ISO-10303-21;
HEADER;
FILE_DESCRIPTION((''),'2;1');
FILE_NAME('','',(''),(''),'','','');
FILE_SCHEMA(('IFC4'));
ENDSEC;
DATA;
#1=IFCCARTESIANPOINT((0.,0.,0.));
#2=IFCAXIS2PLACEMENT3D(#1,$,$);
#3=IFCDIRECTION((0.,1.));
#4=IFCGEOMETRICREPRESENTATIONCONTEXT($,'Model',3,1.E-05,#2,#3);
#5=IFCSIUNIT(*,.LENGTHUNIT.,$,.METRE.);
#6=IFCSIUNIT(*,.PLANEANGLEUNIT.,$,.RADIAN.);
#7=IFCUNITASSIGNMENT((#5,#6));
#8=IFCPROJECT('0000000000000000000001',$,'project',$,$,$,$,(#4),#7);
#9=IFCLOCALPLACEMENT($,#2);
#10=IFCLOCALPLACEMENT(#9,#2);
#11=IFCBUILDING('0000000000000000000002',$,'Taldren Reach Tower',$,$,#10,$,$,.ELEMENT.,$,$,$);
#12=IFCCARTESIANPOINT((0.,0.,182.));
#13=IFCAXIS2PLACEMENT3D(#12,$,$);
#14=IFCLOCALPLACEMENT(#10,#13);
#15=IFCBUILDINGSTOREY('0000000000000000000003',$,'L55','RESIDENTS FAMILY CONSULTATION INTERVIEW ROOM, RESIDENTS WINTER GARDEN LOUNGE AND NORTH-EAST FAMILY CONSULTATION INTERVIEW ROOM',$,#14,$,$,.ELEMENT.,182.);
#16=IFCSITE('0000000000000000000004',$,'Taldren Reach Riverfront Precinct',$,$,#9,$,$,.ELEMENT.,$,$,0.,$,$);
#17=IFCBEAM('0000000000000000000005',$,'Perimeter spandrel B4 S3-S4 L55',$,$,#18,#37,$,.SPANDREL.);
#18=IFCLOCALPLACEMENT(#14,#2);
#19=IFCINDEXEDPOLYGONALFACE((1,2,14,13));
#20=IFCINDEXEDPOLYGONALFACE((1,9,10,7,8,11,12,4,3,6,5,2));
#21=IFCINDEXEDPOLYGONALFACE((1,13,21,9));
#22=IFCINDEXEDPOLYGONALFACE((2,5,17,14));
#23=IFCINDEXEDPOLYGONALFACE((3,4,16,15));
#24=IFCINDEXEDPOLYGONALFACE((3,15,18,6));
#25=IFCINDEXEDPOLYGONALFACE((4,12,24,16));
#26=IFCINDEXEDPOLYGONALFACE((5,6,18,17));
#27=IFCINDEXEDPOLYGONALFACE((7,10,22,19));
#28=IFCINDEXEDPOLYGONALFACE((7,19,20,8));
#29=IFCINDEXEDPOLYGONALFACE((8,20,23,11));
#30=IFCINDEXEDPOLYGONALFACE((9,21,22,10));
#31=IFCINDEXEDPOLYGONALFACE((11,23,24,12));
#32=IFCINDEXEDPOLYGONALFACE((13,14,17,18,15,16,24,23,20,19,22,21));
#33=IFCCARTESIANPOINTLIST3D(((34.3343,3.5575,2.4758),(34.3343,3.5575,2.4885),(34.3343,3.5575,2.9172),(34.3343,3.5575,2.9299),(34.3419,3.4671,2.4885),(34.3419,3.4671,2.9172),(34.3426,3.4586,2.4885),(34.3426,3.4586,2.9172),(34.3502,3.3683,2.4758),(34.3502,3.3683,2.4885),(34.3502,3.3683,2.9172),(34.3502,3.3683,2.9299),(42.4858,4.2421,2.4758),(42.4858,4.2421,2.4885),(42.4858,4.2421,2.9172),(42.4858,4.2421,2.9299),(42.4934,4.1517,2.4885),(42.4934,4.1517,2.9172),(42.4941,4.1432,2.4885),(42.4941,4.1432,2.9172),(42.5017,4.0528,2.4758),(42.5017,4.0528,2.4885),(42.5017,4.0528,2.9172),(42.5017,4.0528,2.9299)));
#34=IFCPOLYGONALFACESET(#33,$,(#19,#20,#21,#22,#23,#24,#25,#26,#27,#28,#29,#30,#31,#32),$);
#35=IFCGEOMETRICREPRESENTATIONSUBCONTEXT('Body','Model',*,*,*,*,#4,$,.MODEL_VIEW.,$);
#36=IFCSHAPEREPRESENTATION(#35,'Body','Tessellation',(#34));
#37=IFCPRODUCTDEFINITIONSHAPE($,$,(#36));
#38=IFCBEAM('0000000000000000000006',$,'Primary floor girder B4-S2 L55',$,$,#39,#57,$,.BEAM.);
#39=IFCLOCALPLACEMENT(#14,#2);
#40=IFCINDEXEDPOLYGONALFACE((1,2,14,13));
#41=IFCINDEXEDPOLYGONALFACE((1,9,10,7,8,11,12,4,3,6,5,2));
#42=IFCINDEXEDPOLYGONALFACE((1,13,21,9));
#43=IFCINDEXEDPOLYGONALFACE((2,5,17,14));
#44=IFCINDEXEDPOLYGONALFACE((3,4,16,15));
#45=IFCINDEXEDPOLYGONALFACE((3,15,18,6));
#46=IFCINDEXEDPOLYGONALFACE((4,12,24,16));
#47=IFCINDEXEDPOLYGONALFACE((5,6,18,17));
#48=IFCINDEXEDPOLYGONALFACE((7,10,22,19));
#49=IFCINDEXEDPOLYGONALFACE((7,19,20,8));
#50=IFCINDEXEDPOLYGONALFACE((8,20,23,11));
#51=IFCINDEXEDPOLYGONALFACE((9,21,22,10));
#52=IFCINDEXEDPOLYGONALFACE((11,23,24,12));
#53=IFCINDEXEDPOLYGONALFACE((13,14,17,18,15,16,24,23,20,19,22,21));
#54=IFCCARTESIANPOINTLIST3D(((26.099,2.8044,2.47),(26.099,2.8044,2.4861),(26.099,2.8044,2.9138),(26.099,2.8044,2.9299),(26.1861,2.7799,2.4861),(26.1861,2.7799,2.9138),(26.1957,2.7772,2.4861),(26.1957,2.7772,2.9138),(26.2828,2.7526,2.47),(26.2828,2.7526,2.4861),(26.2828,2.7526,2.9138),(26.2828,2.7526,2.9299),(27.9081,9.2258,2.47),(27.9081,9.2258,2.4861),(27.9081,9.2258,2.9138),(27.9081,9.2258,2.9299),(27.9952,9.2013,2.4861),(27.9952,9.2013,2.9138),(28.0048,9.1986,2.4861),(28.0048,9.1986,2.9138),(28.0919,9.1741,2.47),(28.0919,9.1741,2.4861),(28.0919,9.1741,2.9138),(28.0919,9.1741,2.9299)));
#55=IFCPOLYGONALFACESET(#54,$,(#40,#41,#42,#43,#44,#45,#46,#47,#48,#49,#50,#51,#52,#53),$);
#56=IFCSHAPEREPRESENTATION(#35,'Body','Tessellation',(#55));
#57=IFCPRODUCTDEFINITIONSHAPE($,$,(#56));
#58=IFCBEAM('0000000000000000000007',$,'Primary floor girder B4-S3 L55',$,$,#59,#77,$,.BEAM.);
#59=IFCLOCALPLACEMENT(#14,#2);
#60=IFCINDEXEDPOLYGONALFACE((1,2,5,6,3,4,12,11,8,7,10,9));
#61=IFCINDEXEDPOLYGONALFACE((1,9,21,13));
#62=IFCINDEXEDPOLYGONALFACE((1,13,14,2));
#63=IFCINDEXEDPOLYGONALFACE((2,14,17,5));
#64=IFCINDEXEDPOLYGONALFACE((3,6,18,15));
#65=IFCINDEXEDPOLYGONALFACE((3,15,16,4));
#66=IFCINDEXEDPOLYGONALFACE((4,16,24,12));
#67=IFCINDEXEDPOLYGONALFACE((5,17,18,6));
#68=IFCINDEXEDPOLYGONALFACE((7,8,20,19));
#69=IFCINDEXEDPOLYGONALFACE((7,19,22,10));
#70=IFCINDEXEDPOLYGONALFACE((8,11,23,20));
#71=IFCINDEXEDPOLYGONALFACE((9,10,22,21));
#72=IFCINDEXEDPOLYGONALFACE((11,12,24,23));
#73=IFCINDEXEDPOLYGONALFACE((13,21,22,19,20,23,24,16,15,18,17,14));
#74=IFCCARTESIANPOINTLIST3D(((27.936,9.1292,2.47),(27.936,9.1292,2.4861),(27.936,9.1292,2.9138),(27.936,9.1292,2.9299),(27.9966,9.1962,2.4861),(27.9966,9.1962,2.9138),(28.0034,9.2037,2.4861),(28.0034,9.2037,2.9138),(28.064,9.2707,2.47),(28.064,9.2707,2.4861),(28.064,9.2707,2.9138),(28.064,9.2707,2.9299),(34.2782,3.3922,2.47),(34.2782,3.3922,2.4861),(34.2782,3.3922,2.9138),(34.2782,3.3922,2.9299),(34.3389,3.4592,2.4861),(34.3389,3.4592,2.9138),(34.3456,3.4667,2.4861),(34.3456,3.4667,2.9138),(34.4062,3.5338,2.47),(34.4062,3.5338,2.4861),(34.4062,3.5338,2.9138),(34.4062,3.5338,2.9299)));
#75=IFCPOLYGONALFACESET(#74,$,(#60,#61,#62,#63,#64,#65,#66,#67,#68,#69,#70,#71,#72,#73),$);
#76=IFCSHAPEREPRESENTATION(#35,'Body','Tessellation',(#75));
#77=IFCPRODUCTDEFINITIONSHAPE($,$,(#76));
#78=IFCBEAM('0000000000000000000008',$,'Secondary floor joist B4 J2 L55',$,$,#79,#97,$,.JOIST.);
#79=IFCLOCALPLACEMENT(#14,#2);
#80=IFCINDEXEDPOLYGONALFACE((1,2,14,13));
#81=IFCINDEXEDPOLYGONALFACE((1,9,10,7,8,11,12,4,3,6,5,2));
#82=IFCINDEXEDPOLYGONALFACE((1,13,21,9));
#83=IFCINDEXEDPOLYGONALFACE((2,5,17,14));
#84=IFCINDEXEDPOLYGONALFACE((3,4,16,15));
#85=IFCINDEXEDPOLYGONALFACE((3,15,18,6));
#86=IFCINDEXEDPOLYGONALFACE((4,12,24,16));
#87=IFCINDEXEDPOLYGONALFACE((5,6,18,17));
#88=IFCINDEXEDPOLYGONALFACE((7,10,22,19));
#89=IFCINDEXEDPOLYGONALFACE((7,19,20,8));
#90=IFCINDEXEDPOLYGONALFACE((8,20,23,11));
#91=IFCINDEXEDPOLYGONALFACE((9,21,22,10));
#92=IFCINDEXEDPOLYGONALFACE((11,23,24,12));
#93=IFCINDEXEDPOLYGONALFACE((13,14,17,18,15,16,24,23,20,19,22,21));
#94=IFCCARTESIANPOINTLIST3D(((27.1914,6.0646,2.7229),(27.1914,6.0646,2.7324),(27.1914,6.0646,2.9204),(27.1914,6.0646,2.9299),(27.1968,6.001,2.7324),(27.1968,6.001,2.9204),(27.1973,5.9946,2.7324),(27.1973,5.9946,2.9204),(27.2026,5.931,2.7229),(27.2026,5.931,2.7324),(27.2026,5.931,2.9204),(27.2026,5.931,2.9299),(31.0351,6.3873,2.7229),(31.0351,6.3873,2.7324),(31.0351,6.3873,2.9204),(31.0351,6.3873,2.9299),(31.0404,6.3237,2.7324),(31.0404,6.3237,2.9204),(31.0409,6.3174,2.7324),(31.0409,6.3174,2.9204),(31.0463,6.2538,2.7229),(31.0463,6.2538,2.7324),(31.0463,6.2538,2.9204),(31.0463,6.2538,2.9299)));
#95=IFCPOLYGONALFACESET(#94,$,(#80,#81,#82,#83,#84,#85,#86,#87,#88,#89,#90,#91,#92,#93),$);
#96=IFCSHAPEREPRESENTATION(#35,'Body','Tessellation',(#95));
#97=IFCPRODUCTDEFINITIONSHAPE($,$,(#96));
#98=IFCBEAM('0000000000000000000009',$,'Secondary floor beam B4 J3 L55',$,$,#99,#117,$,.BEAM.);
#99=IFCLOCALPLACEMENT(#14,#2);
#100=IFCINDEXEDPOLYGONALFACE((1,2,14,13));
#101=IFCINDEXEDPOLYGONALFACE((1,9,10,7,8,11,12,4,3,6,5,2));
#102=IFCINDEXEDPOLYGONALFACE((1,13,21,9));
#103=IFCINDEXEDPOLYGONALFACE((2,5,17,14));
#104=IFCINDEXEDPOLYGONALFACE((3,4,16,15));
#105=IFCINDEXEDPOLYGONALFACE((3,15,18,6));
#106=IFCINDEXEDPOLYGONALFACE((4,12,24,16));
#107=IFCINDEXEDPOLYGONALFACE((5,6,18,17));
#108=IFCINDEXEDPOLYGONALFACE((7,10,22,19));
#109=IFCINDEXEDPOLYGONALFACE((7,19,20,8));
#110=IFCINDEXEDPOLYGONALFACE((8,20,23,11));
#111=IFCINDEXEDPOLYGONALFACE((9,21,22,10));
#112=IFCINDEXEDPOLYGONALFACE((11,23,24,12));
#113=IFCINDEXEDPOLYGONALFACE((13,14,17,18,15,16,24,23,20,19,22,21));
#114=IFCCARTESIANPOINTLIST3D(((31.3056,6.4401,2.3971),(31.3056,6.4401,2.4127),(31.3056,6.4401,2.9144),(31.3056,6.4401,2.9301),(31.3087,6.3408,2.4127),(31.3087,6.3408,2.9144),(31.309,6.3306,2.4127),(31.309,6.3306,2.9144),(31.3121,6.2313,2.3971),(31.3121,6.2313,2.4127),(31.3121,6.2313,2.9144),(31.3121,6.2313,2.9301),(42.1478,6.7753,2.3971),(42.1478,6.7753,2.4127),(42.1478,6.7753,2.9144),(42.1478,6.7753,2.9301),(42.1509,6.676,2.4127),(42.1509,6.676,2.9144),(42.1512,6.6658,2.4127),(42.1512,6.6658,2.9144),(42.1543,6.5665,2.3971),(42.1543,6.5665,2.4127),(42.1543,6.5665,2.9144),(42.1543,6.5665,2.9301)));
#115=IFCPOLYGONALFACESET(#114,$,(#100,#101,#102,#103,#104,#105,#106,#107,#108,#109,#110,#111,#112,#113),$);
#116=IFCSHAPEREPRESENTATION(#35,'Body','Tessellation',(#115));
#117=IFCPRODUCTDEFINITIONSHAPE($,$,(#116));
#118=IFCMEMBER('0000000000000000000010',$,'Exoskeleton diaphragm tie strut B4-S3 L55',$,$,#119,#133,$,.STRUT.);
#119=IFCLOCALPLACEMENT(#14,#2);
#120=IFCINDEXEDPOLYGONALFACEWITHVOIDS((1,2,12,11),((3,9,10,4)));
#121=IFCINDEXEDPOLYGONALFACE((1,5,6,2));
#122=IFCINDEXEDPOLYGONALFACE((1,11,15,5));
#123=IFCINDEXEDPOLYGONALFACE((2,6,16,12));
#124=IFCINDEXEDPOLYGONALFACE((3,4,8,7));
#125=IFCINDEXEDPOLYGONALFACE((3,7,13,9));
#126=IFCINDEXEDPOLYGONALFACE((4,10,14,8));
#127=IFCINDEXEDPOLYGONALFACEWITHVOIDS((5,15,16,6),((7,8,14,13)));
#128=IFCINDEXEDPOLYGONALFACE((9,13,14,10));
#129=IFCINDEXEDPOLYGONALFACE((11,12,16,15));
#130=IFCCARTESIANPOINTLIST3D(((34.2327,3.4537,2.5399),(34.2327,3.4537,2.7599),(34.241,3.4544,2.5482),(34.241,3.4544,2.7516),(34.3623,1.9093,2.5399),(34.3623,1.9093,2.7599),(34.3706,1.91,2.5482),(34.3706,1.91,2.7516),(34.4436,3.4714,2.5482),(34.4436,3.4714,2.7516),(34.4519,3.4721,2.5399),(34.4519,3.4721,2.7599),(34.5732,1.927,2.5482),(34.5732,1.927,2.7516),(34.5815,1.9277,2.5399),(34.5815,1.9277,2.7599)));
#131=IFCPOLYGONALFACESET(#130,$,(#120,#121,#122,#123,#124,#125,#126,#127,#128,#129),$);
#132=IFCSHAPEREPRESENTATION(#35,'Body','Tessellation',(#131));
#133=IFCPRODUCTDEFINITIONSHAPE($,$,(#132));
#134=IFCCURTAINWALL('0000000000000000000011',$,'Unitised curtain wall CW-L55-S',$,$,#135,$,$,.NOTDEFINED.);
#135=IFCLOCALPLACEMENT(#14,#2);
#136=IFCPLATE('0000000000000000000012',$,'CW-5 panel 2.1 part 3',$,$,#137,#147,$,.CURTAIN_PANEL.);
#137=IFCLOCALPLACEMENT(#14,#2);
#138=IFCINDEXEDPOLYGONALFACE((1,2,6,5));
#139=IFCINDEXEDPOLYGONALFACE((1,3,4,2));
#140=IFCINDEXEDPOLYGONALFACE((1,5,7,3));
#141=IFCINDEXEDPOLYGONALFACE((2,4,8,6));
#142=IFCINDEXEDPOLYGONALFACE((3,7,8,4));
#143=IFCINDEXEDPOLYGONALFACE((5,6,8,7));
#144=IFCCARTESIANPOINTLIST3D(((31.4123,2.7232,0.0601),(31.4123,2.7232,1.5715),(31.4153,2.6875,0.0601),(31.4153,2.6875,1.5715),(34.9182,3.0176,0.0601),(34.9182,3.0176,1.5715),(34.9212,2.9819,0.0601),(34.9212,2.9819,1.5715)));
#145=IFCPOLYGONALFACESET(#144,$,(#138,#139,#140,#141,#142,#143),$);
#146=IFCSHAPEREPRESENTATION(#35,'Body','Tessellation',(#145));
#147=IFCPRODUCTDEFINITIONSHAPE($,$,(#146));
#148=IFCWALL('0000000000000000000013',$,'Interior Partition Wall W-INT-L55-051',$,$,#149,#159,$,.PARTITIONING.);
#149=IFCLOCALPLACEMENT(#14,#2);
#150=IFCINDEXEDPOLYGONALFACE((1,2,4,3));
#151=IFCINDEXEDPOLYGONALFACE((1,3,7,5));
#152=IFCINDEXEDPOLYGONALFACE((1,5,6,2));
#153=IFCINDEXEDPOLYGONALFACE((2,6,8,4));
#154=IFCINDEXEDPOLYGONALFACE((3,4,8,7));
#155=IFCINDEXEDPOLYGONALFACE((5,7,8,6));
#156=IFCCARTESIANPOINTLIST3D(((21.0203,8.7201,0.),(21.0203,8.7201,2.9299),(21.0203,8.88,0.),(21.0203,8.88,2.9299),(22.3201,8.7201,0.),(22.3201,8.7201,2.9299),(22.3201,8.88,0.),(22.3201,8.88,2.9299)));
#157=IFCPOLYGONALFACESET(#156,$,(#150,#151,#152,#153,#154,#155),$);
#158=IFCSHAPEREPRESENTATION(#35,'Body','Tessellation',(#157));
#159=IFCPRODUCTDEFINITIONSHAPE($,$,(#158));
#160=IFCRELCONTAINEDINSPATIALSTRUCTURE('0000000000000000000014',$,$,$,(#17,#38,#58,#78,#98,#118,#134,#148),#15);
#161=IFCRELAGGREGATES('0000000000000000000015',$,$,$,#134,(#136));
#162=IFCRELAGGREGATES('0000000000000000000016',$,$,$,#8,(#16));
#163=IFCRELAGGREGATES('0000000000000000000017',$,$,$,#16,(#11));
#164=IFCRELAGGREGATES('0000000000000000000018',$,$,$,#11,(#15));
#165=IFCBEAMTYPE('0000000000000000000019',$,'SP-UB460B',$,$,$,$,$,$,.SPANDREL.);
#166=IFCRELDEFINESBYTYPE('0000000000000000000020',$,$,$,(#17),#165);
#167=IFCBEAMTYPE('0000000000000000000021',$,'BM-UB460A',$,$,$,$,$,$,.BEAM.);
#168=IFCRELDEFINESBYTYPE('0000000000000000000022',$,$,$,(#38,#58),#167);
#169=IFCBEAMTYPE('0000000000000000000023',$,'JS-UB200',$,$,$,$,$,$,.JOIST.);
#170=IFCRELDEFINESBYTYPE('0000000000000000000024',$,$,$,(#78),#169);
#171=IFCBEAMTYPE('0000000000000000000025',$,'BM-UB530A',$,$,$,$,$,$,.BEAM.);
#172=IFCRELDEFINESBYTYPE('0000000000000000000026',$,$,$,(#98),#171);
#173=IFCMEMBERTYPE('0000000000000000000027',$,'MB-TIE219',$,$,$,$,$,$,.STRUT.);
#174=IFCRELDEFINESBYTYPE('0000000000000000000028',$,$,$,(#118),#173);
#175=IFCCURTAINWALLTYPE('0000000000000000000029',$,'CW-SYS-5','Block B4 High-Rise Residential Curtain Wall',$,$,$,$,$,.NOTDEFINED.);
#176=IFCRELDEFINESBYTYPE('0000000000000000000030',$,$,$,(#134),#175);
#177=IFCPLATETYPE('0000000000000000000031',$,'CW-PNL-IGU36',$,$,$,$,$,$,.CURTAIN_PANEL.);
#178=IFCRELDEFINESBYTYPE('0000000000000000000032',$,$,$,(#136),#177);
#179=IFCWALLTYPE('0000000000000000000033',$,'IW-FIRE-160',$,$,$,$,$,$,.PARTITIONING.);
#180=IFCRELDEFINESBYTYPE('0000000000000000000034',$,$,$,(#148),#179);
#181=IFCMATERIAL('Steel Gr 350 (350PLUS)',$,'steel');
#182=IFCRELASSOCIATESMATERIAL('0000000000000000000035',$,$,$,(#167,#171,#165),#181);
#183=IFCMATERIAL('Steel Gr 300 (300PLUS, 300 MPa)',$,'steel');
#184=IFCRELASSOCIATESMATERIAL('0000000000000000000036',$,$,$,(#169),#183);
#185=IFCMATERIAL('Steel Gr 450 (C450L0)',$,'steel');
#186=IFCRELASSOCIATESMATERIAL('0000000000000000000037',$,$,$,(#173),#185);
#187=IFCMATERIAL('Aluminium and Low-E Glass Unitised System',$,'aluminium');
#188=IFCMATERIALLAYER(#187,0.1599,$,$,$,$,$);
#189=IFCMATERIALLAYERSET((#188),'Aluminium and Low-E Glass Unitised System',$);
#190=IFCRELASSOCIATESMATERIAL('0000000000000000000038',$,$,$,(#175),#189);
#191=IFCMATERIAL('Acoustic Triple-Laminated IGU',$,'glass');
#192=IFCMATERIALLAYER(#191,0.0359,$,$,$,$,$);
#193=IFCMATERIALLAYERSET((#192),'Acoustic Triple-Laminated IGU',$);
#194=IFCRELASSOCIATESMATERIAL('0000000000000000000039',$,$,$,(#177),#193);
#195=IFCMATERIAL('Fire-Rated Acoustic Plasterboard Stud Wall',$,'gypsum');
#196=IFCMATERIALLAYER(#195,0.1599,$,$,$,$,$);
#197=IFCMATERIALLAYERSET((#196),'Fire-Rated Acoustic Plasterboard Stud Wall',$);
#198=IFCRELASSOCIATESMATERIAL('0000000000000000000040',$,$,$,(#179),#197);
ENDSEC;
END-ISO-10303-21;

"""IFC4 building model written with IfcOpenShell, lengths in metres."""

from ifc_helpers import new_model, si_unit, direction, frame, frame_2d, origin, origin_2d, place, context, subcontext, project, spatial, rectangle, hollow_rectangle, i_section, extrude, source, transform, mapped, material, layer, layer_set, material_profile, profile_set, type_object, element, aggregate, save


model = new_model("IFC4")

# Units and contexts
model_context = context("Model", 3, precision=1e-05, world=origin(), true_north=direction((0.0, 1.0)))
body_context = subcontext(model_context, "Body", "Model", "MODEL_VIEW")
ifc_project = project(units=[si_unit("LENGTHUNIT", "METRE"), si_unit("PLANEANGLEUNIT", "RADIAN")], contexts=[model_context])

# Site, building, storey
site_placement = place(None, origin())
site = spatial("IfcSite", under=ifc_project, at=site_placement, Name="Taldren Reach Riverfront Precinct", CompositionType="ELEMENT", RefElevation=0.0)
building_placement = place(site_placement, origin())
building = spatial("IfcBuilding", under=site, at=building_placement, Name="Taldren Reach Tower", CompositionType="ELEMENT")
storey_placement = place(building_placement, frame((0.0, 0.0, 182.0)))
storey = spatial("IfcBuildingStorey", under=building, at=storey_placement, Name="L55", Description="RESIDENTS FAMILY CONSULTATION INTERVIEW ROOM, RESIDENTS WINTER GARDEN LOUNGE AND NORTH-EAST FAMILY CONSULTATION INTERVIEW ROOM", CompositionType="ELEMENT", Elevation=182.0)

# Shared definitions
ifc_material_1 = material(Name="Steel Gr 350 (350PLUS)", Category="steel")
ifc_material_2 = material(Name="Steel Gr 450 (C450L0)", Category="steel")

# Shared definitions
ifc_material_profile_1 = material_profile(ifc_material_1, i_section(OverallWidth=0.1909, OverallDepth=0.46, WebThickness=0.01, FlangeThickness=0.0161, at=origin_2d()), Name="460UB82.1")
ifc_profile_set_1 = profile_set([ifc_material_profile_1], Name="Steel Gr 350 (350PLUS)")
beam_type_1 = type_object("IfcBeamType", Name="BM-UB460A", PredefinedType="BEAM", material=ifc_profile_set_1)
ifc_material_profile_2 = material_profile(ifc_material_1, i_section(OverallWidth=0.209, OverallDepth=0.533, WebThickness=0.0103, FlangeThickness=0.0156, at=origin_2d()), Name="530UB92.4")
ifc_profile_set_2 = profile_set([ifc_material_profile_2], Name="Steel Gr 350 (350PLUS)")
beam_type_2 = type_object("IfcBeamType", Name="BM-UB530A", PredefinedType="BEAM", material=ifc_profile_set_2)

# Beams
ifc_material_profile_3 = material_profile(ifc_material_1, i_section(OverallWidth=0.1899, OverallDepth=0.4541, WebThickness=0.0085, FlangeThickness=0.0127, at=origin_2d()), Name="460UB67.1")
ifc_profile_set_3 = profile_set([ifc_material_profile_3], Name="Steel Gr 350 (350PLUS)")
beam_type_3 = type_object("IfcBeamType", Name="SP-UB460B", PredefinedType="SPANDREL", material=ifc_profile_set_3)
shared_shape_1 = source(origin(), body_context, "Body", "SweptSolid", [
    extrude(i_section(OverallWidth=0.1899, OverallDepth=0.4541, WebThickness=0.0085, FlangeThickness=0.0127, at=origin_2d()), origin(), (0.0, 0.0, 1.0), 8.1802),
])
beam_1_placement = place(storey_placement, frame((34.3423, 3.4629, 2.7029), z_axis=(0.996492, 0.083688, 0.0), x_axis=(-0.083688, 0.996492, 0.0)))
element("IfcBeam", 1, at=beam_1_placement, inside=storey, type_object=beam_type_3, Name="Perimeter spandrel B4 S3-S4 L55", PredefinedType="SPANDREL", context=body_context, shape_type="MappedRepresentation", body=[
    mapped(shared_shape_1, transform((0.0, 0.0, 0.0), scale=1.0)),
])
shared_shape_2 = source(origin(), body_context, "Body", "SweptSolid", [
    extrude(i_section(OverallWidth=0.1909, OverallDepth=0.46, WebThickness=0.01, FlangeThickness=0.0161, at=origin_2d()), origin(), (0.0, 0.0, 1.0), 6.6714),
])
beam_2_placement = place(storey_placement, frame((28.0, 9.2, 2.7), z_axis=(-0.271172, -0.962531, 0.0), x_axis=(0.962531, -0.271172, 0.0)))
element("IfcBeam", 2, at=beam_2_placement, inside=storey, type_object=beam_type_1, Name="Primary floor girder B4-S2 L55", PredefinedType="BEAM", context=body_context, shape_type="MappedRepresentation", body=[
    mapped(shared_shape_2, transform((0.0, 0.0, 0.0), scale=1.0)),
])
shared_shape_3 = source(origin(), body_context, "Body", "SweptSolid", [
    extrude(i_section(OverallWidth=0.1909, OverallDepth=0.46, WebThickness=0.01, FlangeThickness=0.0161, at=origin_2d()), origin(), (0.0, 0.0, 1.0), 8.552),
])
beam_3_placement = place(storey_placement, frame((28.0, 9.2, 2.7), z_axis=(0.741605, -0.670836, 0.0), x_axis=(0.670836, 0.741605, 0.0)))
element("IfcBeam", 3, at=beam_3_placement, inside=storey, type_object=beam_type_1, Name="Primary floor girder B4-S3 L55", PredefinedType="BEAM", context=body_context, shape_type="MappedRepresentation", body=[
    mapped(shared_shape_3, transform((0.0, 0.0, 0.0), scale=1.0)),
])
ifc_material_3 = material(Name="Steel Gr 300 (300PLUS, 300 MPa)", Category="steel")
ifc_material_profile_4 = material_profile(ifc_material_3, i_section(OverallWidth=0.134, OverallDepth=0.207, WebThickness=0.0063, FlangeThickness=0.0095, at=origin_2d()), Name="200UB29.8")
ifc_profile_set_4 = profile_set([ifc_material_profile_4], Name="Steel Gr 300 (300PLUS, 300 MPa)")
beam_type_4 = type_object("IfcBeamType", Name="JS-UB200", PredefinedType="JOIST", material=ifc_profile_set_4)
shared_shape_4 = source(origin(), body_context, "Body", "SweptSolid", [
    extrude(i_section(OverallWidth=0.134, OverallDepth=0.207, WebThickness=0.0063, FlangeThickness=0.0095, at=origin_2d()), origin(), (0.0, 0.0, 1.0), 3.8572),
])
beam_4_placement = place(storey_placement, frame((27.197, 5.9978, 2.8264), z_axis=(0.996493, 0.083674, 0.0), x_axis=(-0.083674, 0.996493, 0.0)))
element("IfcBeam", 4, at=beam_4_placement, inside=storey, type_object=beam_type_4, Name="Secondary floor joist B4 J2 L55", PredefinedType="JOIST", context=body_context, shape_type="MappedRepresentation", body=[
    mapped(shared_shape_4, transform((0.0, 0.0, 0.0), scale=1.0)),
])
shared_shape_5 = source(origin(), body_context, "Body", "SweptSolid", [
    extrude(i_section(OverallWidth=0.209, OverallDepth=0.533, WebThickness=0.0103, FlangeThickness=0.0156, at=origin_2d()), origin(), (0.0, 0.0, 1.0), 10.8474),
])
beam_5_placement = place(storey_placement, frame((31.3088, 6.3357, 2.6636), z_axis=(0.999522, 0.030902, 0.0), x_axis=(-0.030902, 0.999522, 0.0)))
element("IfcBeam", 5, at=beam_5_placement, inside=storey, type_object=beam_type_2, Name="Secondary floor beam B4 J3 L55", PredefinedType="BEAM", context=body_context, shape_type="MappedRepresentation", body=[
    mapped(shared_shape_5, transform((0.0, 0.0, 0.0), scale=1.0)),
])

# Member
ifc_material_profile_5 = material_profile(ifc_material_2, hollow_rectangle(XDim=0.22, YDim=0.22, WallThickness=0.0083, at=origin_2d()), Name="220x220x8.2SHS")
ifc_profile_set_5 = profile_set([ifc_material_profile_5], Name="Steel Gr 450 (C450L0)")
member_type_1 = type_object("IfcMemberType", Name="MB-TIE219", PredefinedType="STRUT", material=ifc_profile_set_5)
shared_shape_6 = source(origin(), body_context, "Body", "SweptSolid", [
    extrude(hollow_rectangle(XDim=0.22, YDim=0.22, WallThickness=0.0083, at=origin_2d()), origin(), (0.0, 0.0, 1.0), 1.5498),
])
member_placement = place(storey_placement, frame((34.3423, 3.4629, 2.6499), z_axis=(0.083645, -0.996496, 0.0), x_axis=(0.996496, 0.083645, 0.0)))
element("IfcMember", 6, at=member_placement, inside=storey, type_object=member_type_1, Name="Exoskeleton diaphragm tie strut B4-S3 L55", PredefinedType="STRUT", context=body_context, shape_type="MappedRepresentation", body=[
    mapped(shared_shape_6, transform((0.0, 0.0, 0.0), scale=1.0)),
])

# Curtain wall, plate
ifc_material_4 = material(Name="Aluminium and Low-E Glass Unitised System", Category="aluminium")
ifc_layer_1 = layer(ifc_material_4, 0.1599)
ifc_layer_set_1 = layer_set([ifc_layer_1], Name="Aluminium and Low-E Glass Unitised System")
curtain_wall_type = type_object("IfcCurtainWallType", Name="CW-SYS-5", Description="Block B4 High-Rise Residential Curtain Wall", PredefinedType="NOTDEFINED", material=ifc_layer_set_1)
curtain_wall_placement = place(storey_placement, origin())
curtain_wall = element("IfcCurtainWall", 7, at=curtain_wall_placement, inside=storey, type_object=curtain_wall_type, Name="Unitised curtain wall CW-L55-S", PredefinedType="NOTDEFINED")
ifc_material_5 = material(Name="Acoustic Triple-Laminated IGU", Category="glass")
ifc_layer_2 = layer(ifc_material_5, 0.0359)
ifc_layer_set_2 = layer_set([ifc_layer_2], Name="Acoustic Triple-Laminated IGU")
plate_type = type_object("IfcPlateType", Name="CW-PNL-IGU36", PredefinedType="CURTAIN_PANEL", material=ifc_layer_set_2)
shared_shape_7 = source(origin(), body_context, "Body", "SweptSolid", [
    extrude(rectangle(XDim=3.5183, YDim=0.0359, at=origin_2d()), origin(), (0.0, 0.0, 1.0), 1.5115),
])
plate_placement = place(storey_placement, frame((33.1667, 2.8525, 0.0601), z_axis=(0.0, 0.0, 1.0), x_axis=(0.996493, 0.083678, 0.0)))
plate = element("IfcPlate", 8, at=plate_placement, type_object=plate_type, Name="CW-5 panel 2.1 part 3", PredefinedType="CURTAIN_PANEL", context=body_context, shape_type="MappedRepresentation", body=[
    mapped(shared_shape_7, transform((0.0, 0.0, 0.0), scale=1.0)),
])
aggregate(curtain_wall, [plate])

# Wall
ifc_material_6 = material(Name="Fire-Rated Acoustic Plasterboard Stud Wall", Category="gypsum")
ifc_layer_3 = layer(ifc_material_6, 0.1599)
ifc_layer_set_3 = layer_set([ifc_layer_3], Name="Fire-Rated Acoustic Plasterboard Stud Wall")
wall_type_1 = type_object("IfcWallType", Name="IW-FIRE-160", PredefinedType="PARTITIONING", material=ifc_layer_set_3)
shared_shape_8 = source(origin(), body_context, "Body", "SweptSolid", [
    extrude(rectangle(XDim=1.2998, YDim=0.1599, at=frame_2d((0.6499, 0.0))), origin(), (0.0, 0.0, 1.0), 2.9299),
])
wall_1_placement = place(storey_placement, frame((22.3201, 8.8, 0.0), z_axis=(0.0, 0.0, 1.0), x_axis=(-1.0, 0.0, 0.0)))
element("IfcWall", 9, at=wall_1_placement, inside=storey, type_object=wall_type_1, Name="Interior Partition Wall W-INT-L55-051", PredefinedType="PARTITIONING", context=body_context, shape_type="MappedRepresentation", body=[
    mapped(shared_shape_8, transform((0.0, 0.0, 0.0), scale=1.0)),
])

save(model, "model.ifc")
